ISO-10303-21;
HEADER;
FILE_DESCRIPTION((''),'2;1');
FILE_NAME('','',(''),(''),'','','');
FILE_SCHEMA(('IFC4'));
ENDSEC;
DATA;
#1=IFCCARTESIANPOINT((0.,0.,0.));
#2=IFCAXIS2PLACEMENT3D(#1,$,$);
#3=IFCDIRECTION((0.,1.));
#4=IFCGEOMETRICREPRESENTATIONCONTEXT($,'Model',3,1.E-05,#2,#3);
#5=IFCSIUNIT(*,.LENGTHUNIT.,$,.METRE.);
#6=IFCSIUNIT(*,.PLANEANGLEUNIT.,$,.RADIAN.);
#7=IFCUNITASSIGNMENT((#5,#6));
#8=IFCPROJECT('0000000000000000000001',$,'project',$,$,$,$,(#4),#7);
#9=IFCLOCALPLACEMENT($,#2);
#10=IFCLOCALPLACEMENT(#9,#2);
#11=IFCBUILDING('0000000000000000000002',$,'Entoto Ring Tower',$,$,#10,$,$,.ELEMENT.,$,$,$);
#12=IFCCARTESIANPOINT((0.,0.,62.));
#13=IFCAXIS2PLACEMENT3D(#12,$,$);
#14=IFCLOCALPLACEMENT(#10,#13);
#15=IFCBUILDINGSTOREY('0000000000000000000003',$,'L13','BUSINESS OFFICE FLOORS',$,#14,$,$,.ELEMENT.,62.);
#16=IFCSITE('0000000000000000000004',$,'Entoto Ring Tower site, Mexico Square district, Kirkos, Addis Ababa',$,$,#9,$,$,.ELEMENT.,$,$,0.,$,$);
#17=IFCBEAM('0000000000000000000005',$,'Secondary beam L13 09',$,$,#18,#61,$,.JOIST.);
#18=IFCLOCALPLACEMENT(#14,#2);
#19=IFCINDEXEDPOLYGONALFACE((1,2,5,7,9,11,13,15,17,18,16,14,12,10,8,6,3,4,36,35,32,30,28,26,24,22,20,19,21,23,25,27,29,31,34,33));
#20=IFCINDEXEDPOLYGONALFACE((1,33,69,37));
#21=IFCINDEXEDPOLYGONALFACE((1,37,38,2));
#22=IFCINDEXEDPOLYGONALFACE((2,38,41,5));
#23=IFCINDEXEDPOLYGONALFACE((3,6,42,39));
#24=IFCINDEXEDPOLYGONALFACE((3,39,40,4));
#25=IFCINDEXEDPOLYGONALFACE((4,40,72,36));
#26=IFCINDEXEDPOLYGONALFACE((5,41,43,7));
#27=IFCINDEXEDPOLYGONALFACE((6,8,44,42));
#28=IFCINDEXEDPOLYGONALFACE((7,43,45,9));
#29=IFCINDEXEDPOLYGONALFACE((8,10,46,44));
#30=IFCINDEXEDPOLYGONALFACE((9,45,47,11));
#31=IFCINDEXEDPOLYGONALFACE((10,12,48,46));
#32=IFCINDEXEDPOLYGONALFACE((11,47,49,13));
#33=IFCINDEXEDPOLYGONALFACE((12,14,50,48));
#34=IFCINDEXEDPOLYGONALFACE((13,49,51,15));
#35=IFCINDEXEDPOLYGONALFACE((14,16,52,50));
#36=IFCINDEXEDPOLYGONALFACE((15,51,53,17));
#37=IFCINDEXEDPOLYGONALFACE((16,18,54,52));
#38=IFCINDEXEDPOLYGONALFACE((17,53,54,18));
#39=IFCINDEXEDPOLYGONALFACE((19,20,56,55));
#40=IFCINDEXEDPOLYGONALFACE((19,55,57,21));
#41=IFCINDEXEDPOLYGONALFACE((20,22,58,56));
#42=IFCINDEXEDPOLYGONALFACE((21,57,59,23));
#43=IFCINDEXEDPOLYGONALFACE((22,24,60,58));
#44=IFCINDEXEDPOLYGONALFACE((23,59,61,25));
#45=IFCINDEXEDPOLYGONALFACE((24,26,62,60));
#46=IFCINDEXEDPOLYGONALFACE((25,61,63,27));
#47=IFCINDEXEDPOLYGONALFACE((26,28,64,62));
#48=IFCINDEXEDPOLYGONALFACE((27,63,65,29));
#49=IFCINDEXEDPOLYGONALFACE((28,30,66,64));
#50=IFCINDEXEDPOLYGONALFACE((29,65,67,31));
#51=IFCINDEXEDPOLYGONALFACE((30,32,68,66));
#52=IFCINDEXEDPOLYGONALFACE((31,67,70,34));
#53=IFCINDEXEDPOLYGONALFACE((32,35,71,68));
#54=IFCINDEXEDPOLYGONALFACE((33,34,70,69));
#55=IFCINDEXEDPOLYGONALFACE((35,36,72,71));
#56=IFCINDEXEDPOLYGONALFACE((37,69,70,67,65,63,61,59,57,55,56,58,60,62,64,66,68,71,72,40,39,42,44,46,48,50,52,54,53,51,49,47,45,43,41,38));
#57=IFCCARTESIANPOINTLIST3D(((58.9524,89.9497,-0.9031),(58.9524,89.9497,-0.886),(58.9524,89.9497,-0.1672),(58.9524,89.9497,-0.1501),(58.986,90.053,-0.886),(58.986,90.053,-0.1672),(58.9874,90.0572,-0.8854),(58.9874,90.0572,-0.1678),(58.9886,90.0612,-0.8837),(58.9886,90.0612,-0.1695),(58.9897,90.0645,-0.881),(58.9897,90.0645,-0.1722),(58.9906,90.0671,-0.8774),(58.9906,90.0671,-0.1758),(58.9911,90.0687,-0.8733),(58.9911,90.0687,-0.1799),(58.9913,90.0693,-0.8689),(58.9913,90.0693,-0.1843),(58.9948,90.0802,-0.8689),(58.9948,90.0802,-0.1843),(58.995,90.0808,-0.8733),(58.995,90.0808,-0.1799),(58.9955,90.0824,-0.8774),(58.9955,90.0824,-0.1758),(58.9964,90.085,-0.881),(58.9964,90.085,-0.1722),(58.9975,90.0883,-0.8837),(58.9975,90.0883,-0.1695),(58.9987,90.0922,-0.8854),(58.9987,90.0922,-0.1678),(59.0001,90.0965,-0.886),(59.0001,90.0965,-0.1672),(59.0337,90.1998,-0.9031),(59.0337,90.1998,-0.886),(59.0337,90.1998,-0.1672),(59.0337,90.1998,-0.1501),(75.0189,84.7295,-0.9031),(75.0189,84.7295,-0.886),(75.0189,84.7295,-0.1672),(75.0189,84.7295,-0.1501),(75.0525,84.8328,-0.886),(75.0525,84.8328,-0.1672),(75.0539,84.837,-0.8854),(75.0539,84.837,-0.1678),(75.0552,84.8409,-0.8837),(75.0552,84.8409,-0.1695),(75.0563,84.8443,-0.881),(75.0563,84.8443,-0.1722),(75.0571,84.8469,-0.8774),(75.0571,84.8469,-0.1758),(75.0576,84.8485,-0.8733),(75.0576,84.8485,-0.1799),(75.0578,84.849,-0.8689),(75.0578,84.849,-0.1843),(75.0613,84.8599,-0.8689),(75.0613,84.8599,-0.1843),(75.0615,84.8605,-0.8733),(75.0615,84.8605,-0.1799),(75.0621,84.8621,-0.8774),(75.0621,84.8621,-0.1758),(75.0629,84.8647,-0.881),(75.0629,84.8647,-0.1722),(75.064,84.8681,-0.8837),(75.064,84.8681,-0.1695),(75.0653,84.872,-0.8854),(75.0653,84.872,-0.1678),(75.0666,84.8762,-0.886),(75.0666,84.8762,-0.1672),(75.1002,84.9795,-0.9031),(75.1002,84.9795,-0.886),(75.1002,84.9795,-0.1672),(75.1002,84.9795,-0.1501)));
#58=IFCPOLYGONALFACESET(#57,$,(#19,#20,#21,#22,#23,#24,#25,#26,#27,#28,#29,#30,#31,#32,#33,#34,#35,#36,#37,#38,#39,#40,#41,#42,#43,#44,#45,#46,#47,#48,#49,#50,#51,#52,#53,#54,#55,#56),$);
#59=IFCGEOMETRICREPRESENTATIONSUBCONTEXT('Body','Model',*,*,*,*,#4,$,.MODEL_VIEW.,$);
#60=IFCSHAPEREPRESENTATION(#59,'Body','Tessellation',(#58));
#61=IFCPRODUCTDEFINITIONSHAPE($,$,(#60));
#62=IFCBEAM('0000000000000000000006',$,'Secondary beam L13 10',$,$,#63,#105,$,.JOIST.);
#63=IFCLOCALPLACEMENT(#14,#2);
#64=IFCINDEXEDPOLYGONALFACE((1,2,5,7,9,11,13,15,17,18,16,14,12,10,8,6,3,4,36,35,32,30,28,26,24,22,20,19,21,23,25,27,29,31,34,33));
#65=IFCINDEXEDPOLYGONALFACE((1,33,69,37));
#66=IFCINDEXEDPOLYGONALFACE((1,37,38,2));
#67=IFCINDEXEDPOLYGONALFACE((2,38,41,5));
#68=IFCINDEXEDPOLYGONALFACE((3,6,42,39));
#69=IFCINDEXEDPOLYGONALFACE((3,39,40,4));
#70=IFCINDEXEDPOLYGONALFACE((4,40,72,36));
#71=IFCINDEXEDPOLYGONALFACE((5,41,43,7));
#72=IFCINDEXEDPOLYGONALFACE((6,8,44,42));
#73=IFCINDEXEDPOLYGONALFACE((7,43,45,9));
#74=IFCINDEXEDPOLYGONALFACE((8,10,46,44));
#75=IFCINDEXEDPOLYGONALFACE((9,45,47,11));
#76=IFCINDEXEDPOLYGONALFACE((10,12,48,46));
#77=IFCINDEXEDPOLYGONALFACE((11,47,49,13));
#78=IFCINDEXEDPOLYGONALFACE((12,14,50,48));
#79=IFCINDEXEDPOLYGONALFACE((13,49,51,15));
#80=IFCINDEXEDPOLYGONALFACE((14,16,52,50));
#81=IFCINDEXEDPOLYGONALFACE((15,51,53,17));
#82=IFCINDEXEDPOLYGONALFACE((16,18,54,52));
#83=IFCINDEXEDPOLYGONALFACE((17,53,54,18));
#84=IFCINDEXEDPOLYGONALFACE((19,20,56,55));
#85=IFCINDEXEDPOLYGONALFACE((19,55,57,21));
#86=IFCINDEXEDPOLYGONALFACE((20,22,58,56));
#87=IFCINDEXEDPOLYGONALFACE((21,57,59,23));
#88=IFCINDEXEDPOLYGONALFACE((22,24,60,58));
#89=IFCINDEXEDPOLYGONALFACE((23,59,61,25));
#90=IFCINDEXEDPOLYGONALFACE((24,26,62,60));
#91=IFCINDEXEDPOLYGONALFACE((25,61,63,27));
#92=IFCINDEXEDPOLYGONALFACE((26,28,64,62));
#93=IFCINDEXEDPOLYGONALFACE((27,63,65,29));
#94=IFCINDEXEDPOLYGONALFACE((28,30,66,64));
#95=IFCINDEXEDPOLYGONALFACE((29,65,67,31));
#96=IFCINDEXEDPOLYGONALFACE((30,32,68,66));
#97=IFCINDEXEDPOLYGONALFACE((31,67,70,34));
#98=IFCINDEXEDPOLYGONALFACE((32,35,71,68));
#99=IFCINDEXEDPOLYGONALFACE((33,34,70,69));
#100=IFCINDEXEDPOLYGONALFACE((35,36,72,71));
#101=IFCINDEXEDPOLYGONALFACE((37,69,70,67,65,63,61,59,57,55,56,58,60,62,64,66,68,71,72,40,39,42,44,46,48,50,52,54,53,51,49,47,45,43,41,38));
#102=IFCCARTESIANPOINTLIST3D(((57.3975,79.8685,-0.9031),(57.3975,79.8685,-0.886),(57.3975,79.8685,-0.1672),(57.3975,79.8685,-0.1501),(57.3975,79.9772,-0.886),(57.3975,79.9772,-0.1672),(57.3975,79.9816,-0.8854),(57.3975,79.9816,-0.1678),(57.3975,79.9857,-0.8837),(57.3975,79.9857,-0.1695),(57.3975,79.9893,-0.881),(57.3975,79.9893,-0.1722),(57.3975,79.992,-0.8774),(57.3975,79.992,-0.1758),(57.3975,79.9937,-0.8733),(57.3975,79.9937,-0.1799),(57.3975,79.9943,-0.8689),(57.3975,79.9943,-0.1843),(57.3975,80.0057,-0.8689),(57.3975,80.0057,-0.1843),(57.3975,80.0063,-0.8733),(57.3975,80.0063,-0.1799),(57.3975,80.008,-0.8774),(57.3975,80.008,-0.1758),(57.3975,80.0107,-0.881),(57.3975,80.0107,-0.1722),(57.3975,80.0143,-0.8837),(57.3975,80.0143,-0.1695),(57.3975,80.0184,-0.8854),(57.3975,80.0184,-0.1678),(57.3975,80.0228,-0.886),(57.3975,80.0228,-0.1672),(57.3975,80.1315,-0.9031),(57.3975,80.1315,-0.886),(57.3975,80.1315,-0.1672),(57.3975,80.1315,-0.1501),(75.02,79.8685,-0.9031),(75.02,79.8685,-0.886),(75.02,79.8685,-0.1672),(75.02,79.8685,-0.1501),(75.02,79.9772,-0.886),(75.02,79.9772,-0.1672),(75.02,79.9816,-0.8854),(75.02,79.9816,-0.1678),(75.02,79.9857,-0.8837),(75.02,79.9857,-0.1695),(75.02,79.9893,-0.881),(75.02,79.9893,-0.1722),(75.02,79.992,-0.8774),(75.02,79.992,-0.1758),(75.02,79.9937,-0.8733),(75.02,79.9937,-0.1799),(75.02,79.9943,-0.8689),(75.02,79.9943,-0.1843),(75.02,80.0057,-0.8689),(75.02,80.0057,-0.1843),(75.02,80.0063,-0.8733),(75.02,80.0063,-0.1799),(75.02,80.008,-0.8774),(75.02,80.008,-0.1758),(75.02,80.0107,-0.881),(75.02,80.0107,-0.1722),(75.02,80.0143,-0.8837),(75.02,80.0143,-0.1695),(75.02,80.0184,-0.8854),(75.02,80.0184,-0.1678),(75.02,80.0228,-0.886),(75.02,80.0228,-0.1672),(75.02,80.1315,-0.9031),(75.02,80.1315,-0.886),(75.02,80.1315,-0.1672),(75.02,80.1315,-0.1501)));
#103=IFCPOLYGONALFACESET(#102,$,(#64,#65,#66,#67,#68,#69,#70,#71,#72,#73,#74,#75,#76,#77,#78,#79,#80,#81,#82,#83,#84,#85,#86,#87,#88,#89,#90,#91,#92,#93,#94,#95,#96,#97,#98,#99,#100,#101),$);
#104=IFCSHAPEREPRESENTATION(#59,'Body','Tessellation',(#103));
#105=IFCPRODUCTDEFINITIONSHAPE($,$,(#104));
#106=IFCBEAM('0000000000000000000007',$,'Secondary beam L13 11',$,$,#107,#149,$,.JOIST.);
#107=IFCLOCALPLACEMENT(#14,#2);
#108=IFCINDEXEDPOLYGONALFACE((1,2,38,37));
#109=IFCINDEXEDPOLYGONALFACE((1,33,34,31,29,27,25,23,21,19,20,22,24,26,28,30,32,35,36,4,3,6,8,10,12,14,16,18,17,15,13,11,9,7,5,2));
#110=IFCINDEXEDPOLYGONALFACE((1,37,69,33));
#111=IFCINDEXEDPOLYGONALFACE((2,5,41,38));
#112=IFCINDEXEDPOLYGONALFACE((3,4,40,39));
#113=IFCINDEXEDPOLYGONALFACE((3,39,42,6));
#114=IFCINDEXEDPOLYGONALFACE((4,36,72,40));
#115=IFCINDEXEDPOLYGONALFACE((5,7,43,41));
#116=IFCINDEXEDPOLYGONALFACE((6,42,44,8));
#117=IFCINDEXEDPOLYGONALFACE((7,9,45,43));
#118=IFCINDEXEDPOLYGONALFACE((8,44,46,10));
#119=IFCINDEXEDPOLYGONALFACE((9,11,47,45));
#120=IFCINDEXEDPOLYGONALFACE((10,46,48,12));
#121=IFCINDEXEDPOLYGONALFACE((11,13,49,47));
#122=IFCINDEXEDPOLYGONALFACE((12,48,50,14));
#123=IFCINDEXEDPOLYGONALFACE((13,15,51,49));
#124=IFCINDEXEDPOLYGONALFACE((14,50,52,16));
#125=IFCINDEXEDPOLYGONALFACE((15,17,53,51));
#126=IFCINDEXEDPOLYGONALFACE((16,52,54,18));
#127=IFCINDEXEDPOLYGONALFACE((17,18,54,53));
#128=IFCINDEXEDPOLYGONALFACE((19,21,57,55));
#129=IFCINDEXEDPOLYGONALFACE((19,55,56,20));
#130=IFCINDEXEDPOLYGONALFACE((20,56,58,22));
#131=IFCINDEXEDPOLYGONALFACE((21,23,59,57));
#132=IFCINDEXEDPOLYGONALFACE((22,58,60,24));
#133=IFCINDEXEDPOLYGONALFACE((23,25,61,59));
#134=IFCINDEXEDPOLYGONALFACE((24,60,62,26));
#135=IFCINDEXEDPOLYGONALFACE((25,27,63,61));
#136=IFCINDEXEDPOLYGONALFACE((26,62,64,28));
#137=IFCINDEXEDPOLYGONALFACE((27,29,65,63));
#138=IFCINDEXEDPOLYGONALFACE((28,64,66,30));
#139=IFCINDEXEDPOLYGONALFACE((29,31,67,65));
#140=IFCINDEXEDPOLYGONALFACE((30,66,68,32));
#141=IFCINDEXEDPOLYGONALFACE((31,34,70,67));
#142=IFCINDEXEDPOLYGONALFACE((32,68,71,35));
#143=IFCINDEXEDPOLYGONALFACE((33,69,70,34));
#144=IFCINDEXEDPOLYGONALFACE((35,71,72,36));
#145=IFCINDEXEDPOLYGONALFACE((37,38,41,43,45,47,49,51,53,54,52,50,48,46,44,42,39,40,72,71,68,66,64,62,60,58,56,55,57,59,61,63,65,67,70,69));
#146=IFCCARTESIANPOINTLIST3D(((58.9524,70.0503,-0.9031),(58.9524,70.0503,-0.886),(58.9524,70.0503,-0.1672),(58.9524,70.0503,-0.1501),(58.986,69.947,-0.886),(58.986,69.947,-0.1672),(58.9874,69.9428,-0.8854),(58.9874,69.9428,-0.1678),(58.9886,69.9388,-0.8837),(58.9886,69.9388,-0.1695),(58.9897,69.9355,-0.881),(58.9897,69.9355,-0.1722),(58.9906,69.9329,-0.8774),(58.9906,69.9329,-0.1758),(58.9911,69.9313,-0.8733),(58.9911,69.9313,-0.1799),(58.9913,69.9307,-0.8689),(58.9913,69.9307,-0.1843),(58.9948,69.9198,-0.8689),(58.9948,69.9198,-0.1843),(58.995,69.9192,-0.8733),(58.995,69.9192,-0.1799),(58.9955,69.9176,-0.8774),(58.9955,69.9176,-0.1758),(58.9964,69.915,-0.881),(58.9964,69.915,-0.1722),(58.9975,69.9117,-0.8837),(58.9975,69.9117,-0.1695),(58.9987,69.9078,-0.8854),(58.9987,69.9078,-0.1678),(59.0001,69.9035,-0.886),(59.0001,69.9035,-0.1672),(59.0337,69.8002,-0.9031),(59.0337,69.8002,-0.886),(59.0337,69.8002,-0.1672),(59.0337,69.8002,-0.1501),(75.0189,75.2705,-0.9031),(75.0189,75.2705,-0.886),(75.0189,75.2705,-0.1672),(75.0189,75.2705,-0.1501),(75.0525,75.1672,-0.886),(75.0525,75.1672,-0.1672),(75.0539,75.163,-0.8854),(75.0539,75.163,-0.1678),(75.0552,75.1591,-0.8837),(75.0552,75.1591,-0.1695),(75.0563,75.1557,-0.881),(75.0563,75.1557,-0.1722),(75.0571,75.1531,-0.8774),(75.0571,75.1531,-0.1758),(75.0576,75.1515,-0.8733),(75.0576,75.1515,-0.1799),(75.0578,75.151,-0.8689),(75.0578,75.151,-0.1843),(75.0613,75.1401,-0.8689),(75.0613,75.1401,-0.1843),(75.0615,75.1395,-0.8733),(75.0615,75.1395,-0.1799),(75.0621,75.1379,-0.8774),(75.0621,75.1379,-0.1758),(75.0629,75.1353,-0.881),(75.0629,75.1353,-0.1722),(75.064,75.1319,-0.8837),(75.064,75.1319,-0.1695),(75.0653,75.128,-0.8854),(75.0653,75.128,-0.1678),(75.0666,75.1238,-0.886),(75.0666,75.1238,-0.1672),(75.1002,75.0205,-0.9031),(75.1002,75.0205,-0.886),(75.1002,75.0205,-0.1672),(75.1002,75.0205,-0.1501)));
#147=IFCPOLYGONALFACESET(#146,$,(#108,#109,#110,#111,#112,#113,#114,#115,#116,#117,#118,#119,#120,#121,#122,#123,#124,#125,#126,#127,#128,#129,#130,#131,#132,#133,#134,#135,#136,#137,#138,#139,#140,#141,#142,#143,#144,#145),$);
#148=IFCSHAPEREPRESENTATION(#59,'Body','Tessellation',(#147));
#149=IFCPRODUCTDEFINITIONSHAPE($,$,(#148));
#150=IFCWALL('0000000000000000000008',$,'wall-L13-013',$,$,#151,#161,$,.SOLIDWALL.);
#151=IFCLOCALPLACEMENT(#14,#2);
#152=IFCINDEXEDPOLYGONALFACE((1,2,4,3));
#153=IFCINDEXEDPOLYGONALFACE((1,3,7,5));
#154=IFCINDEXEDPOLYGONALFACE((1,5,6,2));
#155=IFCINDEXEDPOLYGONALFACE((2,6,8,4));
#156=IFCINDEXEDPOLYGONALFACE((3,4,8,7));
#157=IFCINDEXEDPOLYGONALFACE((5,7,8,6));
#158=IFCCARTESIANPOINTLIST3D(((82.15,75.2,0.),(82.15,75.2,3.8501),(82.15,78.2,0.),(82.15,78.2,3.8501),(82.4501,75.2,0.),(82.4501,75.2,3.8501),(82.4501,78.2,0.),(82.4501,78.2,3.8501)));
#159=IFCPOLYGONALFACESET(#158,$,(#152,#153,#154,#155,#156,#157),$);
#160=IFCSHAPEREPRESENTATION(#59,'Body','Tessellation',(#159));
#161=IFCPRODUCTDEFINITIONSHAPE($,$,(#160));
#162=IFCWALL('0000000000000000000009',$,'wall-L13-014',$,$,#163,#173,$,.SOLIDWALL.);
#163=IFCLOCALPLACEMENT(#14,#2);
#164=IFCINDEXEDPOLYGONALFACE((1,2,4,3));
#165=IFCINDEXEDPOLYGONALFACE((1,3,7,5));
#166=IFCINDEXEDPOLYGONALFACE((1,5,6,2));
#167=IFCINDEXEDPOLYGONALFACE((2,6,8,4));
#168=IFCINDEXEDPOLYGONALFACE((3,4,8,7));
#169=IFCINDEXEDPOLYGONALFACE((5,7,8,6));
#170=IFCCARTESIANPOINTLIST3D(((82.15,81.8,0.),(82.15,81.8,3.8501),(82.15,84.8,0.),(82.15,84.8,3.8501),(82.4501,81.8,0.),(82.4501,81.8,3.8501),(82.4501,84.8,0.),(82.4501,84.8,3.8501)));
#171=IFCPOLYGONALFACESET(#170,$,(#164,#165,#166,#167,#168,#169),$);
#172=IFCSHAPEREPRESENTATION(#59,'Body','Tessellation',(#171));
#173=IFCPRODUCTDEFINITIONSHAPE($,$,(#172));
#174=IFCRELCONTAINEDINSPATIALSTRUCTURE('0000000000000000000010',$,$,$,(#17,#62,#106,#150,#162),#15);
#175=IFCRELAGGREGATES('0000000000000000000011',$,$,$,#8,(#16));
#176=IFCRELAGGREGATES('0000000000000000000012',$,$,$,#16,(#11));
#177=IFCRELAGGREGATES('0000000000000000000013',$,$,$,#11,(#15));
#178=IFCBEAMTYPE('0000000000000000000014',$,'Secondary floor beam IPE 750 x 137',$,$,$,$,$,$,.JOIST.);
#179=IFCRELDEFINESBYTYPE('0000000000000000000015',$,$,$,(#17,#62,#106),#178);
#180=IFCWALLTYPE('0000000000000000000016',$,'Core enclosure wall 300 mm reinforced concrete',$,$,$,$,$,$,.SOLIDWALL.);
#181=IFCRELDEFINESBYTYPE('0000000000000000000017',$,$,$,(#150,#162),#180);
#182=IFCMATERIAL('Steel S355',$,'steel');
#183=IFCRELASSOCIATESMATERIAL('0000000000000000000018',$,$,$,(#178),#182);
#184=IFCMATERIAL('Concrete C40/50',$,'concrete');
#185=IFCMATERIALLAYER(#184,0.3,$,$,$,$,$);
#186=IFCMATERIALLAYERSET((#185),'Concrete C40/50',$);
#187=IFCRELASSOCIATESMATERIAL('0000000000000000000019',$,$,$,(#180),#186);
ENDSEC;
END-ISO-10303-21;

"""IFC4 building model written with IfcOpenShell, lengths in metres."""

from ifc_helpers import new_model, si_unit, direction, frame, frame_2d, origin, origin_2d, place, context, subcontext, project, spatial, rectangle, i_section, extrude, material, layer, layer_set, material_profile, profile_set, type_object, element, save


model = new_model("IFC4")

# Units and contexts
model_context = context("Model", 3, precision=1e-05, world=origin(), true_north=direction((0.0, 1.0)))
body_context = subcontext(model_context, "Body", "Model", "MODEL_VIEW")
ifc_project = project(units=[si_unit("LENGTHUNIT", "METRE"), si_unit("PLANEANGLEUNIT", "RADIAN")], contexts=[model_context])

# Site, building, storey
site_placement = place(None, origin())
site = spatial("IfcSite", under=ifc_project, at=site_placement, Name="Entoto Ring Tower site, Mexico Square district, Kirkos, Addis Ababa", CompositionType="ELEMENT", RefElevation=0.0)
building_placement = place(site_placement, origin())
building = spatial("IfcBuilding", under=site, at=building_placement, Name="Entoto Ring Tower", CompositionType="ELEMENT")
storey_placement = place(building_placement, frame((0.0, 0.0, 62.0)))
storey = spatial("IfcBuildingStorey", under=building, at=storey_placement, Name="L13", Description="BUSINESS OFFICE FLOORS", CompositionType="ELEMENT", Elevation=62.0)

# Beams
ifc_material_1 = material(Name="Steel S355", Category="steel")
ifc_material_profile_1 = material_profile(ifc_material_1, i_section(OverallWidth=0.2629, OverallDepth=0.7529, WebThickness=0.0115, FlangeThickness=0.0171, FilletRadius=0.0171, at=origin_2d()), Name="IPE 750 x 137")
ifc_profile_set_1 = profile_set([ifc_material_profile_1], Name="Steel S355")
beam_type_1 = type_object("IfcBeamType", Name="Secondary floor beam IPE 750 x 137", PredefinedType="JOIST", material=ifc_profile_set_1)
beam_1_placement = place(storey_placement, frame((75.0596, 84.8545, -0.5266), z_axis=(-0.951058, 0.309013, 0.0), x_axis=(-0.309013, -0.951058, 0.0)))
element("IfcBeam", 1, at=beam_1_placement, inside=storey, type_object=beam_type_1, Name="Secondary beam L13 09", PredefinedType="JOIST", context=body_context, shape_type="SweptSolid", body=[
    extrude(i_section(OverallWidth=0.2629, OverallDepth=0.7529, WebThickness=0.0115, FlangeThickness=0.0171, FilletRadius=0.0171, at=origin_2d()), origin(), (0.0, 0.0, 1.0), 16.8933),
])
beam_2_placement = place(storey_placement, frame((75.02, 80.0, -0.5266), z_axis=(-1.0, 0.0, 0.0), x_axis=(0.0, -1.0, 0.0)))
element("IfcBeam", 2, at=beam_2_placement, inside=storey, type_object=beam_type_1, Name="Secondary beam L13 10", PredefinedType="JOIST", context=body_context, shape_type="SweptSolid", body=[
    extrude(i_section(OverallWidth=0.2629, OverallDepth=0.7529, WebThickness=0.0115, FlangeThickness=0.0171, FilletRadius=0.0171, at=origin_2d()), origin(), (0.0, 0.0, 1.0), 17.6226),
])
beam_3_placement = place(storey_placement, frame((75.0596, 75.1455, -0.5266), z_axis=(-0.951058, -0.309013, 0.0), x_axis=(0.309013, -0.951058, 0.0)))
element("IfcBeam", 3, at=beam_3_placement, inside=storey, type_object=beam_type_1, Name="Secondary beam L13 11", PredefinedType="JOIST", context=body_context, shape_type="SweptSolid", body=[
    extrude(i_section(OverallWidth=0.2629, OverallDepth=0.7529, WebThickness=0.0115, FlangeThickness=0.0171, FilletRadius=0.0171, at=origin_2d()), origin(), (0.0, 0.0, 1.0), 16.8933),
])

# Walls
ifc_material_2 = material(Name="Concrete C40/50", Category="concrete")
ifc_layer_1 = layer(ifc_material_2, 0.3)
ifc_layer_set_1 = layer_set([ifc_layer_1], Name="Concrete C40/50")
wall_type_1 = type_object("IfcWallType", Name="Core enclosure wall 300 mm reinforced concrete", PredefinedType="SOLIDWALL", material=ifc_layer_set_1)
for number, where, z_axis, x_axis, name in (
    (4, (82.3, 75.2, 0.0), (0.0, 0.0, 1.0), (0.0, 1.0, 0.0), "wall-L13-013"),
    (5, (82.3, 81.8, 0.0), (0.0, 0.0, 1.0), (0.0, 1.0, 0.0), "wall-L13-014"),
):
    element("IfcWall", number, at=place(storey_placement, frame(where, z_axis=z_axis, x_axis=x_axis)), inside=storey, type_object=wall_type_1, Name=name, PredefinedType="SOLIDWALL", context=body_context, shape_type="SweptSolid", body=[
        extrude(rectangle(XDim=3.0, YDim=0.3, at=frame_2d((1.5, 0.0))), origin(), (0.0, 0.0, 1.0), 3.8501),
    ])

save(model, "model.ifc")
